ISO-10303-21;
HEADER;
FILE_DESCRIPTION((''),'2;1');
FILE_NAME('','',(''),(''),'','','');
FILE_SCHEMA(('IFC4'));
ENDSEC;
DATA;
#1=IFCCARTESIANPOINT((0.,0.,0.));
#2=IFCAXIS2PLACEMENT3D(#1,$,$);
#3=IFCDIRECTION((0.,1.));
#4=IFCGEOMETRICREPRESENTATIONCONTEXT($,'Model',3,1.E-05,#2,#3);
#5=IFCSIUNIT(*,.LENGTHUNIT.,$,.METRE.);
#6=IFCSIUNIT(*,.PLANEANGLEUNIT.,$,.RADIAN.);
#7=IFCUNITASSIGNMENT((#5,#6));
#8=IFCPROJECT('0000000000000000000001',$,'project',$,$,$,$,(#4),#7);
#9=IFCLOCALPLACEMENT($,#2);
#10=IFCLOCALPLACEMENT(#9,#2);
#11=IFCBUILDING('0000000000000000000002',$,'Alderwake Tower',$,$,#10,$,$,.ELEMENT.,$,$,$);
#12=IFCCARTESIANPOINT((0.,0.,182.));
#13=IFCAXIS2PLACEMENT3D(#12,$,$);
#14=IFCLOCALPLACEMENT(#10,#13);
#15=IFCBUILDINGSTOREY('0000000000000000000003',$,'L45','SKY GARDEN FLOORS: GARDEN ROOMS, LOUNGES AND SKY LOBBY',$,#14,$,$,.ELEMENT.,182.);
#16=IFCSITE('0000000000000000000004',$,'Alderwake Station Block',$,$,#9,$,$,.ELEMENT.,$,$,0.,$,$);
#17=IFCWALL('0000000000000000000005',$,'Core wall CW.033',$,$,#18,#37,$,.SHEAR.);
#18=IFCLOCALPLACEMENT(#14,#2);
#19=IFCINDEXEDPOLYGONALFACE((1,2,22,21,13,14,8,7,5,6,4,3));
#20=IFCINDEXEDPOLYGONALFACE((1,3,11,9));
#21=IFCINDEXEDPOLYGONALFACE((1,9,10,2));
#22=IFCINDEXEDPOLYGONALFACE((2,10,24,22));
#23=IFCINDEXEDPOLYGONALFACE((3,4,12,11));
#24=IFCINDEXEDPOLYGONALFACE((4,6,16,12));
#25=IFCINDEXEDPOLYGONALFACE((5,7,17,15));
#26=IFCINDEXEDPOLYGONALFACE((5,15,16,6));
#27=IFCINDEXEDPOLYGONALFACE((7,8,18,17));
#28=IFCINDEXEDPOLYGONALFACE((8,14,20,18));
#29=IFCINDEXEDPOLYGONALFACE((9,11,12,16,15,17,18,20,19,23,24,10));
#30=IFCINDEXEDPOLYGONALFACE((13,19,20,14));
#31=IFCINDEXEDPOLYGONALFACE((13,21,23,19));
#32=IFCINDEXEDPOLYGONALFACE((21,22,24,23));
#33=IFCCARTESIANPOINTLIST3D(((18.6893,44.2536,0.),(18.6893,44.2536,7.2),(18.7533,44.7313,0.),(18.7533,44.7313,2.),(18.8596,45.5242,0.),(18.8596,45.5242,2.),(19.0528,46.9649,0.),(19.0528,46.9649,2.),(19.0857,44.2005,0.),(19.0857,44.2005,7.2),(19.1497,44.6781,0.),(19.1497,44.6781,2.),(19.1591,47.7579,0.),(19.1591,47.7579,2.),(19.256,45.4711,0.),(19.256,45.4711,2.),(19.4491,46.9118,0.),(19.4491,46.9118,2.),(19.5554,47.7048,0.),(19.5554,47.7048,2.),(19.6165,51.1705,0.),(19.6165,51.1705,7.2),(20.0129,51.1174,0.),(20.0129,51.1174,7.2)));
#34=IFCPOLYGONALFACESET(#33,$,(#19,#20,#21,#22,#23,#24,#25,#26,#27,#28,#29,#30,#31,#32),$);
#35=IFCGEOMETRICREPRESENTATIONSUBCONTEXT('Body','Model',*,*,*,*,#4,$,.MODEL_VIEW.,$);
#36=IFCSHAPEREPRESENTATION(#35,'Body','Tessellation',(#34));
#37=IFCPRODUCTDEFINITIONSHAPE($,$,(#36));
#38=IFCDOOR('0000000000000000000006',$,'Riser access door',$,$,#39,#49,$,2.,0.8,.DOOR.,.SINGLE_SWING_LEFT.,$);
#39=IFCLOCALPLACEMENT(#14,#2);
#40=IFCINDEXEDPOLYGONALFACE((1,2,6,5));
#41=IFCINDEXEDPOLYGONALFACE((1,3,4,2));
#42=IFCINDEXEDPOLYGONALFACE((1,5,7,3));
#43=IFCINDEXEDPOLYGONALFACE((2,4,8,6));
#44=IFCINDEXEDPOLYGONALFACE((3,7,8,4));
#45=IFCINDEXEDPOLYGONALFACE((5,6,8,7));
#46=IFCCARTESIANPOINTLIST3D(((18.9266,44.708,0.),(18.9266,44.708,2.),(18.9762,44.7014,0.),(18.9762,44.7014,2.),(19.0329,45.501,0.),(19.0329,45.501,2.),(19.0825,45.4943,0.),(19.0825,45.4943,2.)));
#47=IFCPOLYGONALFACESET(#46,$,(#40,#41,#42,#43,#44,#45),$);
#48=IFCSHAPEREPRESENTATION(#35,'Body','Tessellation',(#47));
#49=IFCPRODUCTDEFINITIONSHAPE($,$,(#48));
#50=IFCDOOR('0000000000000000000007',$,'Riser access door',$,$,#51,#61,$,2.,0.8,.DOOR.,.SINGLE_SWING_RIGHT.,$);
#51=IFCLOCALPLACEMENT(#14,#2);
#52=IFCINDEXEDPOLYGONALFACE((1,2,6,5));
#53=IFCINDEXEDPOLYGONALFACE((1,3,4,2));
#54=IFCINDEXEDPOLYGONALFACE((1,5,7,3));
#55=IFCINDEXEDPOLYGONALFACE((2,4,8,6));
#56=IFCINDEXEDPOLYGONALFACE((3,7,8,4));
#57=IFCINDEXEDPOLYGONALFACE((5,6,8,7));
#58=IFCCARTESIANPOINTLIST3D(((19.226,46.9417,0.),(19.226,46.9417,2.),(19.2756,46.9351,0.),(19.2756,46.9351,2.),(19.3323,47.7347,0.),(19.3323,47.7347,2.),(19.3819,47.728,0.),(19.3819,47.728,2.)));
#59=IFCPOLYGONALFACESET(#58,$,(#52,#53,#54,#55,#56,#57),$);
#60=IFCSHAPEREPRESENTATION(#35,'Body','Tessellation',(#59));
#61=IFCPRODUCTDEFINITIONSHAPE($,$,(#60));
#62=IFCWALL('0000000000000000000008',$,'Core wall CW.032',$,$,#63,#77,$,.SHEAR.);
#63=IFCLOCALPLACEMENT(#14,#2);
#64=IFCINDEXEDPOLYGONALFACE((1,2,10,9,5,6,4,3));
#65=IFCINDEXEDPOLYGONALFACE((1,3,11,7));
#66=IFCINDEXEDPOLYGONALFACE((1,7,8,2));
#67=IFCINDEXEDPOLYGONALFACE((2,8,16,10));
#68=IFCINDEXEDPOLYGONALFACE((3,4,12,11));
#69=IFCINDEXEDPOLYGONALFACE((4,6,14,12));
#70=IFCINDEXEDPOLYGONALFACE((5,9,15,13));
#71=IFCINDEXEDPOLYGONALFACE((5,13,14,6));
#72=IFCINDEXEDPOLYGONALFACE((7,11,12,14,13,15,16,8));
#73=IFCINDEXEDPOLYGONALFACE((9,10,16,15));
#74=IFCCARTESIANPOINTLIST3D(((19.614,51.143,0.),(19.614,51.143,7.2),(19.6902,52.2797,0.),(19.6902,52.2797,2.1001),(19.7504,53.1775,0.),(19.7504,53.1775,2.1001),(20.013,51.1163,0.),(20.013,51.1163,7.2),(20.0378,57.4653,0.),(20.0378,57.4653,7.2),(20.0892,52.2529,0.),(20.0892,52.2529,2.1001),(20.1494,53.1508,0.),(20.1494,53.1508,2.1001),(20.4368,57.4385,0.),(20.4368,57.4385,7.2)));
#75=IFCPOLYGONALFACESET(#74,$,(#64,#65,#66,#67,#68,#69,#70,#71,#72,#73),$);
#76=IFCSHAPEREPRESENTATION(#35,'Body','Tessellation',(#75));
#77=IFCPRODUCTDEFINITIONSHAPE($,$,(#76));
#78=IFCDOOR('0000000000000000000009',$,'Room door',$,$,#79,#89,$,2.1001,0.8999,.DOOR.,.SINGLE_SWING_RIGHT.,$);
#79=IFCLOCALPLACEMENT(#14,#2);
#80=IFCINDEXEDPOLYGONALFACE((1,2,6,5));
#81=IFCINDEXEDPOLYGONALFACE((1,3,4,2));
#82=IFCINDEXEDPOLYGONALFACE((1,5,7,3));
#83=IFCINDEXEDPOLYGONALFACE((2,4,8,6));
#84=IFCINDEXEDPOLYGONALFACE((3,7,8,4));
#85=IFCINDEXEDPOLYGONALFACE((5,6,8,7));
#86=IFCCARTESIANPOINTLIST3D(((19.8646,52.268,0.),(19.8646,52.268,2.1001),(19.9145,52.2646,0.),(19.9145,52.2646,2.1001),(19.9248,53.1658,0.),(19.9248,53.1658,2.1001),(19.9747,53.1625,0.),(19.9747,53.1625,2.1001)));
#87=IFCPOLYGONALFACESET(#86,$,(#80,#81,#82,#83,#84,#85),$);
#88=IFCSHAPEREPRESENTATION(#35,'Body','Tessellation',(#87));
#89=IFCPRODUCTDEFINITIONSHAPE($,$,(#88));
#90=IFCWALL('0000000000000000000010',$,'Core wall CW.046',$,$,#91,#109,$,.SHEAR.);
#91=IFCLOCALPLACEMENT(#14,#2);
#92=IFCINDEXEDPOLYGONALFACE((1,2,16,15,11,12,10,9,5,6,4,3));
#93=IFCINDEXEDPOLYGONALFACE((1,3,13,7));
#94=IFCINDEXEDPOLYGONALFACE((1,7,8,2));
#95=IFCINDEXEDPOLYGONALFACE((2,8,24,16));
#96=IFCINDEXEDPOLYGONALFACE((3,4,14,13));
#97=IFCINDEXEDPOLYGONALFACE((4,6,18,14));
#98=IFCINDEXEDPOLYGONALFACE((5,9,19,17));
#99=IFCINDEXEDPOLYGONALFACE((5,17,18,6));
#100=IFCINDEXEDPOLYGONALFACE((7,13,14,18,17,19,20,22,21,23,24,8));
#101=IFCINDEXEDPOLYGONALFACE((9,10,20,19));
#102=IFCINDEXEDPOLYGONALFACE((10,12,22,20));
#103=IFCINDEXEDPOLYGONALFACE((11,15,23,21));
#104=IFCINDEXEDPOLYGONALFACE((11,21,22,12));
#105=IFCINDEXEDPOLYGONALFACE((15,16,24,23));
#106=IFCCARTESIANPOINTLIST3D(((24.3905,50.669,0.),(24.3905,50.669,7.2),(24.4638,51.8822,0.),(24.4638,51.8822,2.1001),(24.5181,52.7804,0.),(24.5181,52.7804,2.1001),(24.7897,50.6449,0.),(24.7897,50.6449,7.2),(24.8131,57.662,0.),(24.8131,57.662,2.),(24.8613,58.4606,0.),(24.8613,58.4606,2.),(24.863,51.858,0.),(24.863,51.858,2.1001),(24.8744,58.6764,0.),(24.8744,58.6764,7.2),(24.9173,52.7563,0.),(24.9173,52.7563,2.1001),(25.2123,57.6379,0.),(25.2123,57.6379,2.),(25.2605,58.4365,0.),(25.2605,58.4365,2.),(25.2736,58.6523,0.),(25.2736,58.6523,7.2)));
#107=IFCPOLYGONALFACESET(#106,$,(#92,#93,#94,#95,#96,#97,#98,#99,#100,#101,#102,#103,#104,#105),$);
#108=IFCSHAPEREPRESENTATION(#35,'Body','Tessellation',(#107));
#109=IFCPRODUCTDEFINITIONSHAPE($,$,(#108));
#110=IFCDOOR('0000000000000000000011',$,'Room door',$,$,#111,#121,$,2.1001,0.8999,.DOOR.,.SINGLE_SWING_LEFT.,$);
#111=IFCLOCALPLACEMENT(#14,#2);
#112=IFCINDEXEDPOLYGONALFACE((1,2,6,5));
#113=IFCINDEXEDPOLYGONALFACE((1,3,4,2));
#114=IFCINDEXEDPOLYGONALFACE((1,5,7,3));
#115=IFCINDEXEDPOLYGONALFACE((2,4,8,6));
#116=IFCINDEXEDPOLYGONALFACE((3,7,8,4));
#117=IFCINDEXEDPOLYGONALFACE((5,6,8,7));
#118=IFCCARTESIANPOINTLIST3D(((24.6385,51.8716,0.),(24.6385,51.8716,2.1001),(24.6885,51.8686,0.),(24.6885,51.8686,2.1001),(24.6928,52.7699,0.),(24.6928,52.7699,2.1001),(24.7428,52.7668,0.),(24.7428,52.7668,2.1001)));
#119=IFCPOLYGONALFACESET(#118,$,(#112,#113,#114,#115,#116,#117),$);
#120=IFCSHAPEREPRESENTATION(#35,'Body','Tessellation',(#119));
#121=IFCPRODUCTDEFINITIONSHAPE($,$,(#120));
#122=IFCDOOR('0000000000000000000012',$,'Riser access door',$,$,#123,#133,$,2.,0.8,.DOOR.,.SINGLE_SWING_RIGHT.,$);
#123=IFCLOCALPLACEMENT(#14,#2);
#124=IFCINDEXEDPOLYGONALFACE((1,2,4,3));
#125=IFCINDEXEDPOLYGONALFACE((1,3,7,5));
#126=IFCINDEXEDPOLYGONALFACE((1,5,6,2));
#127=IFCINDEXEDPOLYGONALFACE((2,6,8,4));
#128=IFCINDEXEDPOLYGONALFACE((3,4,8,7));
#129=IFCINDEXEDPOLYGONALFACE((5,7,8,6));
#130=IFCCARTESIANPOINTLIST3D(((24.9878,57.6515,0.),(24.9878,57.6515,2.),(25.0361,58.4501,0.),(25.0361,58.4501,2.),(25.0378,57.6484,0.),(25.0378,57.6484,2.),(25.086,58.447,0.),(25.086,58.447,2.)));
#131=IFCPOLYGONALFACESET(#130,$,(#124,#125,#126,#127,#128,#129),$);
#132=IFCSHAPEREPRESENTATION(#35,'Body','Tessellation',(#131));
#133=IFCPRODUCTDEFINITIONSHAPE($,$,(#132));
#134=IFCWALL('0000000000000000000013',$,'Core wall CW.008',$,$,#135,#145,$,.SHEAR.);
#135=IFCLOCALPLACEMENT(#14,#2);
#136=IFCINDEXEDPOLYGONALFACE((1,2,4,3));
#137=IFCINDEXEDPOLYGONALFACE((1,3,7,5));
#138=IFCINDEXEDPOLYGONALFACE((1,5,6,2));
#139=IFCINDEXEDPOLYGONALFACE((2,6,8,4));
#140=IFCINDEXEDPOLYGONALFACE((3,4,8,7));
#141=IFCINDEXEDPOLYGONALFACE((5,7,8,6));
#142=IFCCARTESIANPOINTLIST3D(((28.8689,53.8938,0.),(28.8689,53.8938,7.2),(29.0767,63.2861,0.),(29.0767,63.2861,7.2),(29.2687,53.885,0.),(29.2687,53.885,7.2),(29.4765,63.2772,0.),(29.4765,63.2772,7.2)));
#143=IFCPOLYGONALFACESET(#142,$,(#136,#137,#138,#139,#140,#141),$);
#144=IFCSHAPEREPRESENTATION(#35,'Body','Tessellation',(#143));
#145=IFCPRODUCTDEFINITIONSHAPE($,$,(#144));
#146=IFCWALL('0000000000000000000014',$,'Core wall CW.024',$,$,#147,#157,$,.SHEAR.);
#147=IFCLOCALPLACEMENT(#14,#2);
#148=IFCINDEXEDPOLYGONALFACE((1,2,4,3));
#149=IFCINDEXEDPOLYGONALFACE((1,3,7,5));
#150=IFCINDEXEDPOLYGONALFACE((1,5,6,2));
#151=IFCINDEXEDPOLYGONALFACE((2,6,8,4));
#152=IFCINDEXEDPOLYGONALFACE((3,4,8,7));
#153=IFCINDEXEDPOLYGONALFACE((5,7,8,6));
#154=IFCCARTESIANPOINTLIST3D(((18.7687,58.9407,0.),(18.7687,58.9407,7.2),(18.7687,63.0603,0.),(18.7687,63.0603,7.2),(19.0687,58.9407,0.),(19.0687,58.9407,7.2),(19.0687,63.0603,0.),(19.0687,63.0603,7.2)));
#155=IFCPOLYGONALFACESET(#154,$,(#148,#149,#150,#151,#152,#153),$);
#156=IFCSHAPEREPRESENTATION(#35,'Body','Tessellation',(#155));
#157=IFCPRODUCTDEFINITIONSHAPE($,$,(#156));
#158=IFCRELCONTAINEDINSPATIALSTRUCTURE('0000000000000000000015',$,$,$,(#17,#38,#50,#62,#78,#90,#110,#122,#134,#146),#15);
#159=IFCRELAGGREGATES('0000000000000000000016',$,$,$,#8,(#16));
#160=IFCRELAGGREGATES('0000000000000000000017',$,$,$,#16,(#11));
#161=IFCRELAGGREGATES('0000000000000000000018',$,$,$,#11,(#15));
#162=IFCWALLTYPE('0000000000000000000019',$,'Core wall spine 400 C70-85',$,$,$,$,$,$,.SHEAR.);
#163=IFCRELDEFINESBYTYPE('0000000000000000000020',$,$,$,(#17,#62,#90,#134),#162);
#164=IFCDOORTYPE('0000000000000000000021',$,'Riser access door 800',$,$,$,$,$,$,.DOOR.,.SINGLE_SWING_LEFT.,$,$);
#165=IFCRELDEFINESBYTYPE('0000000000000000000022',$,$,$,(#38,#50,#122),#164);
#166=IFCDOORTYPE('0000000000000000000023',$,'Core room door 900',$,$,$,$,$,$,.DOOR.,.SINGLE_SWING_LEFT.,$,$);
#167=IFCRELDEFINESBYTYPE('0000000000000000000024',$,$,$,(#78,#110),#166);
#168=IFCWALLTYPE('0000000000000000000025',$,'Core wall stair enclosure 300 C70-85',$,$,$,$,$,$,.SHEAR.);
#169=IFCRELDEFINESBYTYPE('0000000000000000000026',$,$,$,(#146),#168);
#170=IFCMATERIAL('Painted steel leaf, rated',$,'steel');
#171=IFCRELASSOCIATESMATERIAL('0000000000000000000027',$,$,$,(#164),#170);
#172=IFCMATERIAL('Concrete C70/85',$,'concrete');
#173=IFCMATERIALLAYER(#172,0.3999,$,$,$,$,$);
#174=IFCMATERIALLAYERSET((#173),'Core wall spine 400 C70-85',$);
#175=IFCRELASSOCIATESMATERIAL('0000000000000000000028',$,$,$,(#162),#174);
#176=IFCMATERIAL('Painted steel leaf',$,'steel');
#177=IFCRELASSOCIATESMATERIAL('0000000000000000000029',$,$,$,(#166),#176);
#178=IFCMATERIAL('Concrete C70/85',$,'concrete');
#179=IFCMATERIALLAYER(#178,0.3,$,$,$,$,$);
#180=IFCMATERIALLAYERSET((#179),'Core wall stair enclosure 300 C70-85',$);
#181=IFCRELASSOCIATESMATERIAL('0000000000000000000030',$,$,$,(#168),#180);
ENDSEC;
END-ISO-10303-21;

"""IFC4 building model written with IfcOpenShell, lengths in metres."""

from ifc_helpers import new_model, si_unit, direction, frame, frame_2d, origin, place, context, subcontext, project, spatial, rectangle, extrude, material, layer, layer_set, type_object, element, fill, save


model = new_model("IFC4")

# Units and contexts
model_context = context("Model", 3, precision=1e-05, world=origin(), true_north=direction((0.0, 1.0)))
body_context = subcontext(model_context, "Body", "Model", "MODEL_VIEW")
ifc_project = project(units=[si_unit("LENGTHUNIT", "METRE"), si_unit("PLANEANGLEUNIT", "RADIAN")], contexts=[model_context])

# Site, building, storey
site_placement = place(None, origin())
site = spatial("IfcSite", under=ifc_project, at=site_placement, Name="Alderwake Station Block", CompositionType="ELEMENT", RefElevation=0.0)
building_placement = place(site_placement, origin())
building = spatial("IfcBuilding", under=site, at=building_placement, Name="Alderwake Tower", CompositionType="ELEMENT")
storey_placement = place(building_placement, frame((0.0, 0.0, 182.0)))
storey = spatial("IfcBuildingStorey", under=building, at=storey_placement, Name="L45", Description="SKY GARDEN FLOORS: GARDEN ROOMS, LOUNGES AND SKY LOBBY", CompositionType="ELEMENT", Elevation=182.0)

# Shared definitions
ifc_material_1 = material(Name="Painted steel leaf, rated", Category="steel")
door_type_1 = type_object("IfcDoorType", Name="Riser access door 800", OperationType="SINGLE_SWING_LEFT", PredefinedType="DOOR", material=ifc_material_1)

# Wall, openings, doors
ifc_material_2 = material(Name="Concrete C70/85", Category="concrete")
ifc_layer_1 = layer(ifc_material_2, 0.3999)
ifc_layer_set_1 = layer_set([ifc_layer_1], Name="Core wall spine 400 C70-85")
wall_type_1 = type_object("IfcWallType", Name="Core wall spine 400 C70-85", PredefinedType="SHEAR", material=ifc_layer_set_1)
wall_1_placement = place(storey_placement, frame((19.8147, 51.1438, 0.0), z_axis=(0.0, 0.0, 1.0), x_axis=(-0.132865, -0.991134, 0.0)))
wall_1 = element("IfcWall", 1, at=wall_1_placement, inside=storey, type_object=wall_type_1, Name="Core wall CW.033", PredefinedType="SHEAR", context=body_context, shape_type="SweptSolid", body=[
    extrude(rectangle(XDim=6.9788, YDim=0.3999, at=frame_2d((3.4893, 0.0))), origin(), (0.0, 0.0, 1.0), 7.2),
])
opening_1_placement = place(wall_1_placement, frame((5.6968, 0.0, 0.0)))
opening_1 = element("IfcOpeningElement", 2, at=opening_1_placement, cuts=wall_1, PredefinedType="OPENING", context=body_context, shape_type="SweptSolid", body=[
    extrude(rectangle(XDim=0.8, YDim=2.0, at=frame_2d((0.3999, 1.0))), frame((0.0, 0.21, 0.0), z_axis=(0.0, -1.0, 0.0), x_axis=(1.0, 0.0, 0.0)), (0.0, 0.0, 1.0), 0.4199),
])
opening_2_placement = place(wall_1_placement, frame((3.4431, 0.0, 0.0)))
opening_2 = element("IfcOpeningElement", 3, at=opening_2_placement, cuts=wall_1, PredefinedType="OPENING", context=body_context, shape_type="SweptSolid", body=[
    extrude(rectangle(XDim=0.8, YDim=2.0, at=frame_2d((0.3999, 1.0))), frame((0.0, 0.21, 0.0), z_axis=(0.0, -1.0, 0.0), x_axis=(1.0, 0.0, 0.0)), (0.0, 0.0, 1.0), 0.4199),
])
door_1_placement = place(opening_1_placement, origin())
door_1 = element("IfcDoor", 4, at=door_1_placement, inside=storey, type_object=door_type_1, Name="Riser access door", OperationType="SINGLE_SWING_LEFT", OverallHeight=2.0, OverallWidth=0.8, PredefinedType="DOOR", context=body_context, shape_type="SweptSolid", body=[
    extrude(rectangle(XDim=0.8, YDim=2.0, at=frame_2d((0.3999, 1.0))), frame((0.0, 0.0249, 0.0), z_axis=(0.0, -1.0, 0.0), x_axis=(1.0, 0.0, 0.0)), (0.0, 0.0, 1.0), 0.05),
])
fill(opening_1, door_1)
door_2_placement = place(opening_2_placement, origin())
door_2 = element("IfcDoor", 5, at=door_2_placement, inside=storey, type_object=door_type_1, Name="Riser access door", OperationType="SINGLE_SWING_RIGHT", OverallHeight=2.0, OverallWidth=0.8, PredefinedType="DOOR", context=body_context, shape_type="SweptSolid", body=[
    extrude(rectangle(XDim=0.8, YDim=2.0, at=frame_2d((0.3999, 1.0))), frame((0.0, 0.0249, 0.0), z_axis=(0.0, -1.0, 0.0), x_axis=(1.0, 0.0, 0.0)), (0.0, 0.0, 1.0), 0.05),
])
fill(opening_2, door_2)

# Wall, opening, door
wall_2_placement = place(storey_placement, frame((20.2373, 57.4519, 0.0), z_axis=(0.0, 0.0, 1.0), x_axis=(-0.066887, -0.997761, 0.0)))
wall_2 = element("IfcWall", 6, at=wall_2_placement, inside=storey, type_object=wall_type_1, Name="Core wall CW.032", PredefinedType="SHEAR", context=body_context, shape_type="SweptSolid", body=[
    extrude(rectangle(XDim=6.3364, YDim=0.3999, at=frame_2d((3.1682, 0.0))), origin(), (0.0, 0.0, 1.0), 7.2),
])
opening_3_placement = place(wall_2_placement, frame((4.2974, 0.0, 0.0)))
opening_3 = element("IfcOpeningElement", 7, at=opening_3_placement, cuts=wall_2, PredefinedType="OPENING", context=body_context, shape_type="SweptSolid", body=[
    extrude(rectangle(XDim=0.8999, YDim=2.1001, at=frame_2d((0.45, 1.05))), frame((0.0, 0.21, 0.0), z_axis=(0.0, -1.0, 0.0), x_axis=(1.0, 0.0, 0.0)), (0.0, 0.0, 1.0), 0.4199),
])
ifc_material_3 = material(Name="Painted steel leaf", Category="steel")
door_type_2 = type_object("IfcDoorType", Name="Core room door 900", OperationType="SINGLE_SWING_LEFT", PredefinedType="DOOR", material=ifc_material_3)
door_3_placement = place(opening_3_placement, origin())
door_3 = element("IfcDoor", 8, at=door_3_placement, inside=storey, type_object=door_type_2, Name="Room door", OperationType="SINGLE_SWING_RIGHT", OverallHeight=2.1001, OverallWidth=0.8999, PredefinedType="DOOR", context=body_context, shape_type="SweptSolid", body=[
    extrude(rectangle(XDim=0.8999, YDim=2.1001, at=frame_2d((0.45, 1.05))), frame((0.0, 0.0249, 0.0), z_axis=(0.0, -1.0, 0.0), x_axis=(1.0, 0.0, 0.0)), (0.0, 0.0, 1.0), 0.05),
])
fill(opening_3, door_3)

# Wall, openings, doors
wall_3_placement = place(storey_placement, frame((24.5901, 50.657, 0.0), z_axis=(0.0, 0.0, 1.0), x_axis=(0.06032, 0.998179, 0.0)))
wall_3 = element("IfcWall", 9, at=wall_3_placement, inside=storey, type_object=wall_type_1, Name="Core wall CW.046", PredefinedType="SHEAR", context=body_context, shape_type="SweptSolid", body=[
    extrude(rectangle(XDim=8.022, YDim=0.3999, at=frame_2d((4.011, 0.0))), origin(), (0.0, 0.0, 1.0), 7.2),
])
opening_4_placement = place(wall_3_placement, frame((7.0059, 0.0, 0.0)))
opening_4 = element("IfcOpeningElement", 10, at=opening_4_placement, cuts=wall_3, PredefinedType="OPENING", context=body_context, shape_type="SweptSolid", body=[
    extrude(rectangle(XDim=0.8, YDim=2.0, at=frame_2d((0.3999, 1.0))), frame((0.0, 0.21, 0.0), z_axis=(0.0, -1.0, 0.0), x_axis=(1.0, 0.0, 0.0)), (0.0, 0.0, 1.0), 0.4199),
])
opening_5_placement = place(wall_3_placement, frame((1.2153, 0.0, 0.0)))
opening_5 = element("IfcOpeningElement", 11, at=opening_5_placement, cuts=wall_3, PredefinedType="OPENING", context=body_context, shape_type="SweptSolid", body=[
    extrude(rectangle(XDim=0.8999, YDim=2.1001, at=frame_2d((0.45, 1.05))), frame((0.0, 0.21, 0.0), z_axis=(0.0, -1.0, 0.0), x_axis=(1.0, 0.0, 0.0)), (0.0, 0.0, 1.0), 0.4199),
])
door_4_placement = place(opening_5_placement, origin())
door_4 = element("IfcDoor", 12, at=door_4_placement, inside=storey, type_object=door_type_2, Name="Room door", OperationType="SINGLE_SWING_LEFT", OverallHeight=2.1001, OverallWidth=0.8999, PredefinedType="DOOR", context=body_context, shape_type="SweptSolid", body=[
    extrude(rectangle(XDim=0.8999, YDim=2.1001, at=frame_2d((0.45, 1.05))), frame((0.0, 0.0249, 0.0), z_axis=(0.0, -1.0, 0.0), x_axis=(1.0, 0.0, 0.0)), (0.0, 0.0, 1.0), 0.05),
])
fill(opening_5, door_4)
door_5_placement = place(opening_4_placement, origin())
door_5 = element("IfcDoor", 13, at=door_5_placement, inside=storey, type_object=door_type_1, Name="Riser access door", OperationType="SINGLE_SWING_RIGHT", OverallHeight=2.0, OverallWidth=0.8, PredefinedType="DOOR", context=body_context, shape_type="SweptSolid", body=[
    extrude(rectangle(XDim=0.8, YDim=2.0, at=frame_2d((0.3999, 1.0))), frame((0.0, 0.0249, 0.0), z_axis=(0.0, -1.0, 0.0), x_axis=(1.0, 0.0, 0.0)), (0.0, 0.0, 1.0), 0.05),
])
fill(opening_4, door_5)

# Walls
wall_4_placement = place(storey_placement, frame((29.0688, 53.8894, 0.0), z_axis=(0.0, 0.0, 1.0), x_axis=(0.022115, 0.999755, 0.0)))
element("IfcWall", 14, at=wall_4_placement, inside=storey, type_object=wall_type_1, Name="Core wall CW.008", PredefinedType="SHEAR", context=body_context, shape_type="SweptSolid", body=[
    extrude(rectangle(XDim=9.3945, YDim=0.3999, at=frame_2d((4.6973, 0.0))), origin(), (0.0, 0.0, 1.0), 7.2),
])
ifc_material_4 = material(Name="Concrete C70/85", Category="concrete")
ifc_layer_2 = layer(ifc_material_4, 0.3)
ifc_layer_set_2 = layer_set([ifc_layer_2], Name="Core wall stair enclosure 300 C70-85")
wall_type_2 = type_object("IfcWallType", Name="Core wall stair enclosure 300 C70-85", PredefinedType="SHEAR", material=ifc_layer_set_2)
wall_5_placement = place(storey_placement, frame((18.9187, 58.9407, 0.0), z_axis=(0.0, 0.0, 1.0), x_axis=(0.0, 1.0, 0.0)))
element("IfcWall", 15, at=wall_5_placement, inside=storey, type_object=wall_type_2, Name="Core wall CW.024", PredefinedType="SHEAR", context=body_context, shape_type="SweptSolid", body=[
    extrude(rectangle(XDim=4.1196, YDim=0.3, at=frame_2d((2.0598, 0.0))), origin(), (0.0, 0.0, 1.0), 7.2),
])

save(model, "model.ifc")
